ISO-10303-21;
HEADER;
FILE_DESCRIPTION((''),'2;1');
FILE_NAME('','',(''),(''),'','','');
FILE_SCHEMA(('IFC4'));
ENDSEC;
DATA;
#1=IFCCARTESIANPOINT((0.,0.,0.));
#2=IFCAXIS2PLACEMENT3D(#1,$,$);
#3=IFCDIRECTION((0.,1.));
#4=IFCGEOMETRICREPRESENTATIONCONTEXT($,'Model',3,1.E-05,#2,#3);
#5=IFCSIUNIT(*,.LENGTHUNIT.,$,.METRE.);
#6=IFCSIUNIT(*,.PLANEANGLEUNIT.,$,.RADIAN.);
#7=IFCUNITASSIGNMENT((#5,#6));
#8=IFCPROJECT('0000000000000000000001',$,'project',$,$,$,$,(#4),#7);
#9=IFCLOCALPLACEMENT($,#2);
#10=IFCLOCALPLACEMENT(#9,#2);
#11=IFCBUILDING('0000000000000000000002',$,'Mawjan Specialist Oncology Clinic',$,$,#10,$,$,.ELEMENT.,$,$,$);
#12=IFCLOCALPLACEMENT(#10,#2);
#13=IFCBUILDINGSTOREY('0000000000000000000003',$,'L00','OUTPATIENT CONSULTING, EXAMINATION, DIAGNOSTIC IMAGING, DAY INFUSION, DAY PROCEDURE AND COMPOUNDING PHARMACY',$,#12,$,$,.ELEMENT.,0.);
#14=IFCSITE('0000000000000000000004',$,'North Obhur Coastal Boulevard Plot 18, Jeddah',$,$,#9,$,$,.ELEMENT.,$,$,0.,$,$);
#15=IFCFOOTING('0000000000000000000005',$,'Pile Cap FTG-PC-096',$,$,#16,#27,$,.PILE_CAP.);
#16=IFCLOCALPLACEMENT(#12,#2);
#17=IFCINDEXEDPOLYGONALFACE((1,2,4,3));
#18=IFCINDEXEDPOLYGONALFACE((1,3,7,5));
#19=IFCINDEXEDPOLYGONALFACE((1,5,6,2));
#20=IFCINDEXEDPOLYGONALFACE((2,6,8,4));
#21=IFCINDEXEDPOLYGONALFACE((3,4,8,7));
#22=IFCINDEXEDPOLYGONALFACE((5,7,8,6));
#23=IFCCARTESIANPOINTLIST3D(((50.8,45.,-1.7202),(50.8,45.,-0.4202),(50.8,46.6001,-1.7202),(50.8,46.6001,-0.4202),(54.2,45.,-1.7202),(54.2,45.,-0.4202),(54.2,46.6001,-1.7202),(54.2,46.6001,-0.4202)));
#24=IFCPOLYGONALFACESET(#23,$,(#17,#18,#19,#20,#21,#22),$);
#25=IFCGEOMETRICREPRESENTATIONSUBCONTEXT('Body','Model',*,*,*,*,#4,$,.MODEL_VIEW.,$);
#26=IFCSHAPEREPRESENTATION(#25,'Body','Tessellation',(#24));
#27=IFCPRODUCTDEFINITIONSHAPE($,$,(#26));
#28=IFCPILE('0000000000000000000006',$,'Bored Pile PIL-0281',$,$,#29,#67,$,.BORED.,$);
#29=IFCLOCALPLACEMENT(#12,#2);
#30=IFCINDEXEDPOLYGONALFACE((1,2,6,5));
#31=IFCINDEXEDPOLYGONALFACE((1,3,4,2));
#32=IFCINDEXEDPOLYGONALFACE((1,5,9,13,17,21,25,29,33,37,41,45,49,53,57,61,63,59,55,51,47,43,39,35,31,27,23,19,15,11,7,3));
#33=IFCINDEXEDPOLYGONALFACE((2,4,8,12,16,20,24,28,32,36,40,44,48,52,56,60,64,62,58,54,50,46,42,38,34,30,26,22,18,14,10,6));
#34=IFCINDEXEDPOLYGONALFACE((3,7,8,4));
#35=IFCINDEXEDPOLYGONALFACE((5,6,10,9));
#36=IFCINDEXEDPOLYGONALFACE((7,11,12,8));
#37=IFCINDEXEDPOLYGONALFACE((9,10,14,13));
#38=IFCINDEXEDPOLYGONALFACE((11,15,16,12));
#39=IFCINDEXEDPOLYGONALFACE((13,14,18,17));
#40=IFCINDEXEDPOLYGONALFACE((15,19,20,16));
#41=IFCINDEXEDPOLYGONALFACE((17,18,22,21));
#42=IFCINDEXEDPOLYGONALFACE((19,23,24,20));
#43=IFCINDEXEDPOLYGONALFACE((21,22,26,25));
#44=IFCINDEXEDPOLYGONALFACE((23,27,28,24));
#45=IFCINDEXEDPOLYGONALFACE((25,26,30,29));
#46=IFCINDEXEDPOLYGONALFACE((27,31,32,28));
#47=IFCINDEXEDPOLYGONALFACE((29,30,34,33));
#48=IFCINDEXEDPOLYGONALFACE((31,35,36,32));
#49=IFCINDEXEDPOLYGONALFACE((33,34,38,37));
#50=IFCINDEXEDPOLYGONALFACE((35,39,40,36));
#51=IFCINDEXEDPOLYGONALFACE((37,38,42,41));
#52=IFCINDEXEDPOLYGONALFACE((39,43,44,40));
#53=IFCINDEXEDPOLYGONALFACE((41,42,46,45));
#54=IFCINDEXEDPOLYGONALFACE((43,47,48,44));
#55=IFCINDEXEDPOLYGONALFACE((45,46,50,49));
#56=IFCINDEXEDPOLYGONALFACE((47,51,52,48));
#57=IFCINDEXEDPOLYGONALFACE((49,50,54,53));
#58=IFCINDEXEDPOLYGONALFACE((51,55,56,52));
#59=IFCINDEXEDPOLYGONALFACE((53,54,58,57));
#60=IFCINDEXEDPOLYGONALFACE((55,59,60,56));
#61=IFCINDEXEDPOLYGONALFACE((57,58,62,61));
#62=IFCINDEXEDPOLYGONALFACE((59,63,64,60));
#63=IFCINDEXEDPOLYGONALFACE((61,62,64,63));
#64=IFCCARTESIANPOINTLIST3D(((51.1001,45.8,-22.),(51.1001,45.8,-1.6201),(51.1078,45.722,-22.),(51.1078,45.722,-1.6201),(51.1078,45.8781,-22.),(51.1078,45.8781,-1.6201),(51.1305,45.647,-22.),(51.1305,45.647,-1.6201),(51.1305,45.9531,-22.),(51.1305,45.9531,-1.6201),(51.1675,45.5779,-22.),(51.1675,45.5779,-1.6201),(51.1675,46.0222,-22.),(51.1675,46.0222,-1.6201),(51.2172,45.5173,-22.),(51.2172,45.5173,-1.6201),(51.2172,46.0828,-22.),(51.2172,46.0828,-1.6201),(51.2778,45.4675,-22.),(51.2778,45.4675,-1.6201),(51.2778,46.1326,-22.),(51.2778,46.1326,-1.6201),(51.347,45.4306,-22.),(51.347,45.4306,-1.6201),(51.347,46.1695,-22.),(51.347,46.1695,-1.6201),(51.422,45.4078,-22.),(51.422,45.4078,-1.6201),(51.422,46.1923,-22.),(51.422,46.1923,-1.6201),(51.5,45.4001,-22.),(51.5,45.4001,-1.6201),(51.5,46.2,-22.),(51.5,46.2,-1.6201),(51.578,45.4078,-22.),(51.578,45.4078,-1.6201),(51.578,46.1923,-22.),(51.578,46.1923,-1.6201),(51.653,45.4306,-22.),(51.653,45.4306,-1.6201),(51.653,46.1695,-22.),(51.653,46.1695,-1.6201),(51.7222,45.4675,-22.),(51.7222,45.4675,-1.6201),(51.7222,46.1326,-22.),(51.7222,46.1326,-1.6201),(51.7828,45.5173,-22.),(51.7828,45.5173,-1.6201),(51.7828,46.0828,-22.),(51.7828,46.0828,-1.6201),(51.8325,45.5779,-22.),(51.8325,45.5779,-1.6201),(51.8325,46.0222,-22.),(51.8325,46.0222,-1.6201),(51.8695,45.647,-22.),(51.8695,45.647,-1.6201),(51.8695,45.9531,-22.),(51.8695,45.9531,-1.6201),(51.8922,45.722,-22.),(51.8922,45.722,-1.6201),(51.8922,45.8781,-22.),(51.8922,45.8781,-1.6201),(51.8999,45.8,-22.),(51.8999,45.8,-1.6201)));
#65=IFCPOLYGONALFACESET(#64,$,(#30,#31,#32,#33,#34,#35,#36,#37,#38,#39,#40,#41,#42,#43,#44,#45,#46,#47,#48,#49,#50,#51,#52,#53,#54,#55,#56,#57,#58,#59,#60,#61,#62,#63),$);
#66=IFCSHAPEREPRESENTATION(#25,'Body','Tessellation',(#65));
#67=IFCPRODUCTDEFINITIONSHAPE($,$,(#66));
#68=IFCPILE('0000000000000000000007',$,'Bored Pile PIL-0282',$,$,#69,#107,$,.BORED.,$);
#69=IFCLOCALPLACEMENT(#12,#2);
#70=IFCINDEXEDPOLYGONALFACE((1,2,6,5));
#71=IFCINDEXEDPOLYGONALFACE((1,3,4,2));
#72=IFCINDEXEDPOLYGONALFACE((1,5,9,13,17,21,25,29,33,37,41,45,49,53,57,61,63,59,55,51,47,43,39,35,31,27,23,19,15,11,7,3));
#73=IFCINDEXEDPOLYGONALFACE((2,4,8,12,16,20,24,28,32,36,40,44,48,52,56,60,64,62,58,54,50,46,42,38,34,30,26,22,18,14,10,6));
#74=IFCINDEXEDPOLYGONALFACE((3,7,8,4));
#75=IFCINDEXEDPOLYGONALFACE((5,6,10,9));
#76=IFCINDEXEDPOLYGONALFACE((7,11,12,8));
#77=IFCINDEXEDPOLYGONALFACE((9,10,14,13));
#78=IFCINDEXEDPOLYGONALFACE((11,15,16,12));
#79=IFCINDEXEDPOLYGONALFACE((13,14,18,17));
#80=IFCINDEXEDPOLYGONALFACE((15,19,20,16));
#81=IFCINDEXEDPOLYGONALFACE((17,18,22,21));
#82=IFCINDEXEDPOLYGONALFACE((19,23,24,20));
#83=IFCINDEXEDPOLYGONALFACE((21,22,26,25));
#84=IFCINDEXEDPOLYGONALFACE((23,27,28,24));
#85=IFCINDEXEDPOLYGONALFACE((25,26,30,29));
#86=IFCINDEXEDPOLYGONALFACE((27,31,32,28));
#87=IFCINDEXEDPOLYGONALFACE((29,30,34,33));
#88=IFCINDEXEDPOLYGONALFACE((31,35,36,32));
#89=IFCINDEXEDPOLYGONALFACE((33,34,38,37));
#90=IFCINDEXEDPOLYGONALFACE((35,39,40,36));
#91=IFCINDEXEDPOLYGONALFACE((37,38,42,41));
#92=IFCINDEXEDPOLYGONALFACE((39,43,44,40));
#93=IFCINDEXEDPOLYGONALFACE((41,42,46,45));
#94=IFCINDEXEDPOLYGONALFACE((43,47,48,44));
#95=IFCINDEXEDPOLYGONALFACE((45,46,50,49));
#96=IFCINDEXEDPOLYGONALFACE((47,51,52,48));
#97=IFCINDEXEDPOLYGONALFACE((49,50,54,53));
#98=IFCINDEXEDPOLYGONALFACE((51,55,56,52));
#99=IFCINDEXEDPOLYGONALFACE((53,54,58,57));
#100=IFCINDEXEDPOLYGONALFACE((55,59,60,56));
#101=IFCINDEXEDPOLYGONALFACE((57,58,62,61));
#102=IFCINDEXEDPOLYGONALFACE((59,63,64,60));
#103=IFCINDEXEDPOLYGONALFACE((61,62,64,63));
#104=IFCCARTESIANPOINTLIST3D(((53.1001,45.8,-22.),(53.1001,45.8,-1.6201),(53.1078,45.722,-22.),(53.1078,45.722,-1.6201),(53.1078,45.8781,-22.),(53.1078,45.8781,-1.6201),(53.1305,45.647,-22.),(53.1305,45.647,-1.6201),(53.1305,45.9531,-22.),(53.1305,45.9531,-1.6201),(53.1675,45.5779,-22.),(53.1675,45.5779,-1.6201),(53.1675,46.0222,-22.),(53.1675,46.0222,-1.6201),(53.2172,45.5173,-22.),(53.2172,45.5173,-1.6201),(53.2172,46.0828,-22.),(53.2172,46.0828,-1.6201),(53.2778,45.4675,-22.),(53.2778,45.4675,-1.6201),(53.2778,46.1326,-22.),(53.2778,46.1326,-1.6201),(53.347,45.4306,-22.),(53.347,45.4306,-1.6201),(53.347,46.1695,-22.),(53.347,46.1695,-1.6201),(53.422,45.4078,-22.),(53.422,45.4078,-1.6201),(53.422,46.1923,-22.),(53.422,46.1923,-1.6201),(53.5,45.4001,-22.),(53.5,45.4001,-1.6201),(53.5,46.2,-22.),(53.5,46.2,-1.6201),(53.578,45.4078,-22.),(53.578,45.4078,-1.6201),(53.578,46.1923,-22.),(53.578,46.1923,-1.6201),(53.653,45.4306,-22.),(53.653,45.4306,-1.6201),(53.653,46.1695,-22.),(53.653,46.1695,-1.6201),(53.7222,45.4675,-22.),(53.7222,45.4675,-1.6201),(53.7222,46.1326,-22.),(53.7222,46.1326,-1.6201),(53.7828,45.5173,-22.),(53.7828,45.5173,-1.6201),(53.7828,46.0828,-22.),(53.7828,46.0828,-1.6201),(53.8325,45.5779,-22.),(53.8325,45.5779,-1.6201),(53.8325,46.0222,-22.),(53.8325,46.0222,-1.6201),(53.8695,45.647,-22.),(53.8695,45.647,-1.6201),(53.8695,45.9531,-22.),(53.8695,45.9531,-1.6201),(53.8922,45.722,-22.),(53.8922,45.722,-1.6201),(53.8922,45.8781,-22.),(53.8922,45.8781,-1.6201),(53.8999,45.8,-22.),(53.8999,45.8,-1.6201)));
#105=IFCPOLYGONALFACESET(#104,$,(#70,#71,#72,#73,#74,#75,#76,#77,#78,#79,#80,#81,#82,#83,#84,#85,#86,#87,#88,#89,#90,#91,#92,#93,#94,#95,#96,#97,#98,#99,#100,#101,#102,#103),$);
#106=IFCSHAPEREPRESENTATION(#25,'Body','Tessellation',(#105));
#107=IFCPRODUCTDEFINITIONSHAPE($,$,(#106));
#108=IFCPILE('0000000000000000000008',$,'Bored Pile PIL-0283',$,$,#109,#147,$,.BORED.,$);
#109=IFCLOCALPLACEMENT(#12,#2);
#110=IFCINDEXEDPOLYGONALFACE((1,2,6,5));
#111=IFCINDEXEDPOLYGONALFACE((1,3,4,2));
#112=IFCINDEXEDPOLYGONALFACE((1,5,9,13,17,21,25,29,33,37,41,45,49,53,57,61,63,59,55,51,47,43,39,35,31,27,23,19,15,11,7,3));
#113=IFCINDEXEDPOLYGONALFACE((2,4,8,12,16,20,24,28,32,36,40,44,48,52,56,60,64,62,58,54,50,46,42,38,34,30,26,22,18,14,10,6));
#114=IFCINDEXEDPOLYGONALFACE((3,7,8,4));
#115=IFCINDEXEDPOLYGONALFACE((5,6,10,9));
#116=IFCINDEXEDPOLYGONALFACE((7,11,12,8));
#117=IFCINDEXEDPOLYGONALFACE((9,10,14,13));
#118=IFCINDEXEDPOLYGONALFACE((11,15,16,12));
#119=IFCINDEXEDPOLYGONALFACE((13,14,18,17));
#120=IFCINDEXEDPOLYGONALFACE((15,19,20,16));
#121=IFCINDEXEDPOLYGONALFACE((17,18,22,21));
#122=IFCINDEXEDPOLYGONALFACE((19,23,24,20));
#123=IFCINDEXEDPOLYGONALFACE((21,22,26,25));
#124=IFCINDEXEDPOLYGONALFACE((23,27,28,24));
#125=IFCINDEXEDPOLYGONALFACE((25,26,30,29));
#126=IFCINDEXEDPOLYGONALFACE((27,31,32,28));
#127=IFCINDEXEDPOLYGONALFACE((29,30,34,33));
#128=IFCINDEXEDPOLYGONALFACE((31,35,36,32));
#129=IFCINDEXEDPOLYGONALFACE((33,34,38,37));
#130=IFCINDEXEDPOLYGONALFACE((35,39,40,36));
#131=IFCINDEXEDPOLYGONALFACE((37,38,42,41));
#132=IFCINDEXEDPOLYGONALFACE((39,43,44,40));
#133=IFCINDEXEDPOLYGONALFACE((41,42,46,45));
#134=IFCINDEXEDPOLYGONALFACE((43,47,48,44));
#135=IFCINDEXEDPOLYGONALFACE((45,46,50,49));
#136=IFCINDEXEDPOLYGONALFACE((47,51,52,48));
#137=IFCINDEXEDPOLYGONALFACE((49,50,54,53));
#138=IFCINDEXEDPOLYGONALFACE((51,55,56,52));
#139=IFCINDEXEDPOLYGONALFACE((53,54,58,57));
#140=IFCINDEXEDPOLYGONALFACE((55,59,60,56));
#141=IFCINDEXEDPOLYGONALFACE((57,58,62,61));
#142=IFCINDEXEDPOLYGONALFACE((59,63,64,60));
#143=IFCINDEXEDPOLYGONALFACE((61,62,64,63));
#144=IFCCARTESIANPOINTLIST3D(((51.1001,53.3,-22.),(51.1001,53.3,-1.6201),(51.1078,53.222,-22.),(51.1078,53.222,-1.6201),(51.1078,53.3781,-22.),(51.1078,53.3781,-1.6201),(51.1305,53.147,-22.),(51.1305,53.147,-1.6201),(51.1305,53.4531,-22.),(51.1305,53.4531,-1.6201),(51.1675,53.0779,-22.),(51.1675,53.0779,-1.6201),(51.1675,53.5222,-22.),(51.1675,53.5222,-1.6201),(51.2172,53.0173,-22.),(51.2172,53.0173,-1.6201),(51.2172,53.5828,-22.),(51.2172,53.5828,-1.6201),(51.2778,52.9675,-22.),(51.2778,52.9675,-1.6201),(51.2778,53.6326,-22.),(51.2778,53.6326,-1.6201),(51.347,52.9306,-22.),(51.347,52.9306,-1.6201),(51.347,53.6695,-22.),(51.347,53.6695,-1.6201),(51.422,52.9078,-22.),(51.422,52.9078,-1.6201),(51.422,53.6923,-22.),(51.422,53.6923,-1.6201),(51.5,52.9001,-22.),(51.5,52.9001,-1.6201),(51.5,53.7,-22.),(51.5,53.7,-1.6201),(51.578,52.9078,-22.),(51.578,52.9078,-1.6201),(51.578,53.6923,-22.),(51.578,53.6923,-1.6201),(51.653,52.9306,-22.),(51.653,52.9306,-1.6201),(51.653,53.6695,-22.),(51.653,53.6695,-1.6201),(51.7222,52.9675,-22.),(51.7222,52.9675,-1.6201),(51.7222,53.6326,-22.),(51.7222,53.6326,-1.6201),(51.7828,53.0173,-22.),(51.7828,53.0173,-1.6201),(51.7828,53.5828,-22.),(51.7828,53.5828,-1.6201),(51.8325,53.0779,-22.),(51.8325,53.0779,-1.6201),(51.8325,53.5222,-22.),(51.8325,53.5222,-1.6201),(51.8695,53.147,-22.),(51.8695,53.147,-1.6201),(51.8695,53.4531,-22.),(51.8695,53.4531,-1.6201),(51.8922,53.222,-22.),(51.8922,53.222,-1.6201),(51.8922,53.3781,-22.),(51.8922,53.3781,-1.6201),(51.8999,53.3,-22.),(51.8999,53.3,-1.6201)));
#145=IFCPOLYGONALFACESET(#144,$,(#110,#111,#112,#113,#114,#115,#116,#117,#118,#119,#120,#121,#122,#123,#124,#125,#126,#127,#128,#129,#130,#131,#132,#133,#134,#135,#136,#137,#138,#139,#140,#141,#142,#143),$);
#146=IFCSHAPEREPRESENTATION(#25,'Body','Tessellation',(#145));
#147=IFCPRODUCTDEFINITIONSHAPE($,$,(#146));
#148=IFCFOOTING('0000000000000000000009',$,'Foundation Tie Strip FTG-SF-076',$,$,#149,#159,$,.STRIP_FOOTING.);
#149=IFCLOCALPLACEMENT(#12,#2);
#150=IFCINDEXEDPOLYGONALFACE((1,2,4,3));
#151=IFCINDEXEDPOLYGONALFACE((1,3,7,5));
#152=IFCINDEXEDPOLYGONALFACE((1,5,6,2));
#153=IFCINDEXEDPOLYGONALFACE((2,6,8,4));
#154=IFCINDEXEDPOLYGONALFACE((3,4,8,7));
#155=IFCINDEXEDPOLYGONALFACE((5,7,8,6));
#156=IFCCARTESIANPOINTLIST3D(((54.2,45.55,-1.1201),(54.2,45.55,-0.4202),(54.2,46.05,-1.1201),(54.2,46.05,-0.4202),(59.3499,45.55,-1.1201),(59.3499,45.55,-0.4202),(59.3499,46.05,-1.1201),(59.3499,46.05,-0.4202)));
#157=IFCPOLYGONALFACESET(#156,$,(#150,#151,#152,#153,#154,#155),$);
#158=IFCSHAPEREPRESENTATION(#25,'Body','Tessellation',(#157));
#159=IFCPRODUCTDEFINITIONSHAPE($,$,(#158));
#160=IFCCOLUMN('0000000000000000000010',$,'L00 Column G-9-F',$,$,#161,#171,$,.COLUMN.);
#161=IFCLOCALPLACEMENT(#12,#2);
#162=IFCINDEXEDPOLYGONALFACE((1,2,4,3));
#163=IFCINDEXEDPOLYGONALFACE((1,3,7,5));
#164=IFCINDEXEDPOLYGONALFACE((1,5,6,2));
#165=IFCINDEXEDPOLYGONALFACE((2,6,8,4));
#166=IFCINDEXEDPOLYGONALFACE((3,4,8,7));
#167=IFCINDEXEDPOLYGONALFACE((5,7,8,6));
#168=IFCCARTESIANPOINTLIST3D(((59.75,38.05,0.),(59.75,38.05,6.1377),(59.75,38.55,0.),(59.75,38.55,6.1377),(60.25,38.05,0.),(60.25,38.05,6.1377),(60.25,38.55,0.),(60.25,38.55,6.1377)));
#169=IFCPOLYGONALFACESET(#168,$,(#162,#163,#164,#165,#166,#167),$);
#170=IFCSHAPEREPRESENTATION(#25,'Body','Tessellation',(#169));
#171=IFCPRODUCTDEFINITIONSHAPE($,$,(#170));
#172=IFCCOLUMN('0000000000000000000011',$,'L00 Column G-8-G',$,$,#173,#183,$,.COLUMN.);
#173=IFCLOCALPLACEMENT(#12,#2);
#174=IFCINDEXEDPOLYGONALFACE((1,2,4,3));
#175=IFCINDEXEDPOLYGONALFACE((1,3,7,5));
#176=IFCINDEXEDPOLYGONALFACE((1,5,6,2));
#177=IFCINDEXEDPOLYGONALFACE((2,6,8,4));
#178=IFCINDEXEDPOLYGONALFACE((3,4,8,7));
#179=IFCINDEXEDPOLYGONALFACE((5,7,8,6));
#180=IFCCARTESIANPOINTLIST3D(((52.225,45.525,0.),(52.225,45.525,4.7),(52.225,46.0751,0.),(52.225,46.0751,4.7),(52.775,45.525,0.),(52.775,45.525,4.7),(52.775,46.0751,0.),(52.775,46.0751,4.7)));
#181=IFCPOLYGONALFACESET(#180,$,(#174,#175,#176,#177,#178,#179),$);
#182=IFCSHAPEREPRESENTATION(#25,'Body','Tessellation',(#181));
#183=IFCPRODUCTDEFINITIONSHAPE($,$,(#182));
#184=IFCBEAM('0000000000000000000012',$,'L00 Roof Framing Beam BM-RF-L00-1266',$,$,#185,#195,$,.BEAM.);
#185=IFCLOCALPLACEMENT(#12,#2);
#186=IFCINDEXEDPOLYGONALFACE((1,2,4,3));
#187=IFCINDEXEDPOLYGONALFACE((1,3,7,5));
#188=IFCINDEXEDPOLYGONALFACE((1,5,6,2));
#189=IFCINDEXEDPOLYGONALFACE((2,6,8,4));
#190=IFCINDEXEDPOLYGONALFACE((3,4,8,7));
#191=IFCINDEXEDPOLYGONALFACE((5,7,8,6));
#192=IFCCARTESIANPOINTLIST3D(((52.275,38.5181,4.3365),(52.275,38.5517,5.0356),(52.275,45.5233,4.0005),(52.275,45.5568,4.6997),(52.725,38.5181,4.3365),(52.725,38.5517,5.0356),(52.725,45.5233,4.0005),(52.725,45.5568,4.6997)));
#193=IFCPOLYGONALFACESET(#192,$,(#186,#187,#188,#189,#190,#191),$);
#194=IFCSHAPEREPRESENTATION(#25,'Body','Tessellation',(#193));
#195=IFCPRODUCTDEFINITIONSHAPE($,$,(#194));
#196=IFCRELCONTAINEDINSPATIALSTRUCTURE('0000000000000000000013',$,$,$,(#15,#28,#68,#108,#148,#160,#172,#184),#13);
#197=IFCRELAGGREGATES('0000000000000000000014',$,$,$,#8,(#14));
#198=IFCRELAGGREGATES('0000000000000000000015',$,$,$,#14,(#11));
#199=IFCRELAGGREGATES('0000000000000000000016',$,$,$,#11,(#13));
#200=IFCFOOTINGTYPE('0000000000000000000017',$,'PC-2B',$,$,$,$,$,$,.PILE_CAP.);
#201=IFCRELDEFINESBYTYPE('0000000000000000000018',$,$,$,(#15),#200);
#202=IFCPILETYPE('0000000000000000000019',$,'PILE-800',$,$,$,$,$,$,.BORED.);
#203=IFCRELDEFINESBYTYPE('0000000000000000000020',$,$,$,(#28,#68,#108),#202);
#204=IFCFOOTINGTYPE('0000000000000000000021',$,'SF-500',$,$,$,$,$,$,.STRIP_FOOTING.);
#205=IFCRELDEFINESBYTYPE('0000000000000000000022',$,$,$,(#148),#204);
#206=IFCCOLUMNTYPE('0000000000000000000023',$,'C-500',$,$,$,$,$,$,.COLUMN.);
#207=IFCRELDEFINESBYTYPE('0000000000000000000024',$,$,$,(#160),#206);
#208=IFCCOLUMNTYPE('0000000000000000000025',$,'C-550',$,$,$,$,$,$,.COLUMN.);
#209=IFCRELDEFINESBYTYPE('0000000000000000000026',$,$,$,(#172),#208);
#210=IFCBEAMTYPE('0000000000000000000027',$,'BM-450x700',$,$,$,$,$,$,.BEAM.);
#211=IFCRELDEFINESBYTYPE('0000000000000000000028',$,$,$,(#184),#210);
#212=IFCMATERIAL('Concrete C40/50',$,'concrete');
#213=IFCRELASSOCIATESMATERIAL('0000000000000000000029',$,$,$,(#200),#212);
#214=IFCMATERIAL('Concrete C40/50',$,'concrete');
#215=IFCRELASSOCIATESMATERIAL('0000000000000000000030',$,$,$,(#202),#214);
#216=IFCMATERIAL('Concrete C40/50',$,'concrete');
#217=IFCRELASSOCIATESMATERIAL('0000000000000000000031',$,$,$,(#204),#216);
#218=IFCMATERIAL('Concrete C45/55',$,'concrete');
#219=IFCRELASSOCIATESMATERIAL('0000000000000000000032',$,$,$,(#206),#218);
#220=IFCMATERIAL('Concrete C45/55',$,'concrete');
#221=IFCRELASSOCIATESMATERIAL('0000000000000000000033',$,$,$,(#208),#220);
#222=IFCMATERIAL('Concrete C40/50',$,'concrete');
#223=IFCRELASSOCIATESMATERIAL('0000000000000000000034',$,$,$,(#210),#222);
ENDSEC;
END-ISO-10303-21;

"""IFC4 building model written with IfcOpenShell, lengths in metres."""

from ifc_helpers import new_model, si_unit, direction, frame, origin, origin_2d, place, context, subcontext, project, spatial, rectangle, circle, extrude, material, material_profile, profile_set, type_object, element, save


model = new_model("IFC4")

# Units and contexts
model_context = context("Model", 3, precision=1e-05, world=origin(), true_north=direction((0.0, 1.0)))
body_context = subcontext(model_context, "Body", "Model", "MODEL_VIEW")
ifc_project = project(units=[si_unit("LENGTHUNIT", "METRE"), si_unit("PLANEANGLEUNIT", "RADIAN")], contexts=[model_context])

# Site, building, storey
site_placement = place(None, origin())
site = spatial("IfcSite", under=ifc_project, at=site_placement, Name="North Obhur Coastal Boulevard Plot 18, Jeddah", CompositionType="ELEMENT", RefElevation=0.0)
building_placement = place(site_placement, origin())
building = spatial("IfcBuilding", under=site, at=building_placement, Name="Mawjan Specialist Oncology Clinic", CompositionType="ELEMENT")
storey_placement = place(building_placement, origin())
storey = spatial("IfcBuildingStorey", under=building, at=storey_placement, Name="L00", Description="OUTPATIENT CONSULTING, EXAMINATION, DIAGNOSTIC IMAGING, DAY INFUSION, DAY PROCEDURE AND COMPOUNDING PHARMACY", CompositionType="ELEMENT", Elevation=0.0)

# Footing
ifc_material_1 = material(Name="Concrete C40/50", Category="concrete")
footing_type_1 = type_object("IfcFootingType", Name="PC-2B", PredefinedType="PILE_CAP", material=ifc_material_1)
footing_1_placement = place(storey_placement, frame((52.5, 45.8, -1.7202), z_axis=(0.0, 0.0, 1.0), x_axis=(1.0, 0.0, 0.0)))
element("IfcFooting", 1, at=footing_1_placement, inside=storey, type_object=footing_type_1, Name="Pile Cap FTG-PC-096", PredefinedType="PILE_CAP", context=body_context, shape_type="SweptSolid", body=[
    extrude(rectangle(XDim=3.3999, YDim=1.6001, at=origin_2d()), origin(), (0.0, 0.0, 1.0), 1.3),
])

# Piles
ifc_material_2 = material(Name="Concrete C40/50", Category="concrete")
ifc_material_profile_1 = material_profile(ifc_material_2, circle(Radius=0.3999, at=origin_2d()), Name="BORED PILE D800", Category="concrete")
ifc_profile_set_1 = profile_set([ifc_material_profile_1], Name="Concrete C40/50")
pile_type = type_object("IfcPileType", Name="PILE-800", PredefinedType="BORED", material=ifc_profile_set_1)
for number, where, z_axis, x_axis, name in (
    (2, (51.5, 45.8, -1.6201), (0.0, 0.0, -1.0), (1.0, 0.0, 0.0), "Bored Pile PIL-0281"),
    (3, (53.5, 45.8, -1.6201), (0.0, 0.0, -1.0), (1.0, 0.0, 0.0), "Bored Pile PIL-0282"),
    (4, (51.5, 53.3, -1.6201), (0.0, 0.0, -1.0), (1.0, 0.0, 0.0), "Bored Pile PIL-0283"),
):
    element("IfcPile", number, at=place(storey_placement, frame(where, z_axis=z_axis, x_axis=x_axis)), inside=storey, type_object=pile_type, Name=name, PredefinedType="BORED", context=body_context, shape_type="SweptSolid", body=[
        extrude(circle(Radius=0.3999, at=origin_2d()), origin(), (0.0, 0.0, 1.0), 20.3799),
    ])

# Footing
ifc_material_3 = material(Name="Concrete C40/50", Category="concrete")
footing_type_2 = type_object("IfcFootingType", Name="SF-500", PredefinedType="STRIP_FOOTING", material=ifc_material_3)
footing_2_placement = place(storey_placement, frame((56.7749, 45.8, -1.1201), z_axis=(0.0, 0.0, 1.0), x_axis=(1.0, 0.0, 0.0)))
element("IfcFooting", 5, at=footing_2_placement, inside=storey, type_object=footing_type_2, Name="Foundation Tie Strip FTG-SF-076", PredefinedType="STRIP_FOOTING", context=body_context, shape_type="SweptSolid", body=[
    extrude(rectangle(XDim=5.1499, YDim=0.5, at=origin_2d()), origin(), (0.0, 0.0, 1.0), 0.7),
])

# Columns
ifc_material_4 = material(Name="Concrete C45/55", Category="concrete")
ifc_material_profile_2 = material_profile(ifc_material_4, rectangle(XDim=0.5, YDim=0.5, at=origin_2d()), Name="RC COL 500x500", Category="concrete")
ifc_profile_set_2 = profile_set([ifc_material_profile_2], Name="Concrete C45/55")
column_type_1 = type_object("IfcColumnType", Name="C-500", PredefinedType="COLUMN", material=ifc_profile_set_2)
column_1_placement = place(storey_placement, frame((60.0, 38.3, 0.0), z_axis=(0.0, 0.0, 1.0), x_axis=(1.0, 0.0, 0.0)))
element("IfcColumn", 6, at=column_1_placement, inside=storey, type_object=column_type_1, Name="L00 Column G-9-F", PredefinedType="COLUMN", context=body_context, shape_type="SweptSolid", body=[
    extrude(rectangle(XDim=0.5, YDim=0.5, at=origin_2d()), origin(), (0.0, 0.0, 1.0), 6.1377),
])
ifc_material_5 = material(Name="Concrete C45/55", Category="concrete")
ifc_material_profile_3 = material_profile(ifc_material_5, rectangle(XDim=0.55, YDim=0.55, at=origin_2d()), Name="RC COL 550x550", Category="concrete")
ifc_profile_set_3 = profile_set([ifc_material_profile_3], Name="Concrete C45/55")
column_type_2 = type_object("IfcColumnType", Name="C-550", PredefinedType="COLUMN", material=ifc_profile_set_3)
column_2_placement = place(storey_placement, frame((52.5, 45.8, 0.0), z_axis=(0.0, 0.0, 1.0), x_axis=(1.0, 0.0, 0.0)))
element("IfcColumn", 7, at=column_2_placement, inside=storey, type_object=column_type_2, Name="L00 Column G-8-G", PredefinedType="COLUMN", context=body_context, shape_type="SweptSolid", body=[
    extrude(rectangle(XDim=0.55, YDim=0.55, at=origin_2d()), origin(), (0.0, 0.0, 1.0), 4.7),
])

# Beam
ifc_material_6 = material(Name="Concrete C40/50", Category="concrete")
ifc_material_profile_4 = material_profile(ifc_material_6, rectangle(XDim=0.45, YDim=0.7, at=origin_2d()), Name="RC BM 450x700", Category="concrete")
ifc_profile_set_4 = profile_set([ifc_material_profile_4], Name="Concrete C40/50")
beam_type = type_object("IfcBeamType", Name="BM-450x700", PredefinedType="BEAM", material=ifc_profile_set_4)
beam_placement = place(storey_placement, frame((52.5, 38.5349, 4.686), z_axis=(0.0, 0.998852, -0.047901), x_axis=(-1.0, 0.0, 0.0)))
element("IfcBeam", 8, at=beam_placement, inside=storey, type_object=beam_type, Name="L00 Roof Framing Beam BM-RF-L00-1266", PredefinedType="BEAM", context=body_context, shape_type="SweptSolid", body=[
    extrude(rectangle(XDim=0.45, YDim=0.7, at=origin_2d()), origin(), (0.0, 0.0, 1.0), 7.0132),
])

save(model, "model.ifc")
